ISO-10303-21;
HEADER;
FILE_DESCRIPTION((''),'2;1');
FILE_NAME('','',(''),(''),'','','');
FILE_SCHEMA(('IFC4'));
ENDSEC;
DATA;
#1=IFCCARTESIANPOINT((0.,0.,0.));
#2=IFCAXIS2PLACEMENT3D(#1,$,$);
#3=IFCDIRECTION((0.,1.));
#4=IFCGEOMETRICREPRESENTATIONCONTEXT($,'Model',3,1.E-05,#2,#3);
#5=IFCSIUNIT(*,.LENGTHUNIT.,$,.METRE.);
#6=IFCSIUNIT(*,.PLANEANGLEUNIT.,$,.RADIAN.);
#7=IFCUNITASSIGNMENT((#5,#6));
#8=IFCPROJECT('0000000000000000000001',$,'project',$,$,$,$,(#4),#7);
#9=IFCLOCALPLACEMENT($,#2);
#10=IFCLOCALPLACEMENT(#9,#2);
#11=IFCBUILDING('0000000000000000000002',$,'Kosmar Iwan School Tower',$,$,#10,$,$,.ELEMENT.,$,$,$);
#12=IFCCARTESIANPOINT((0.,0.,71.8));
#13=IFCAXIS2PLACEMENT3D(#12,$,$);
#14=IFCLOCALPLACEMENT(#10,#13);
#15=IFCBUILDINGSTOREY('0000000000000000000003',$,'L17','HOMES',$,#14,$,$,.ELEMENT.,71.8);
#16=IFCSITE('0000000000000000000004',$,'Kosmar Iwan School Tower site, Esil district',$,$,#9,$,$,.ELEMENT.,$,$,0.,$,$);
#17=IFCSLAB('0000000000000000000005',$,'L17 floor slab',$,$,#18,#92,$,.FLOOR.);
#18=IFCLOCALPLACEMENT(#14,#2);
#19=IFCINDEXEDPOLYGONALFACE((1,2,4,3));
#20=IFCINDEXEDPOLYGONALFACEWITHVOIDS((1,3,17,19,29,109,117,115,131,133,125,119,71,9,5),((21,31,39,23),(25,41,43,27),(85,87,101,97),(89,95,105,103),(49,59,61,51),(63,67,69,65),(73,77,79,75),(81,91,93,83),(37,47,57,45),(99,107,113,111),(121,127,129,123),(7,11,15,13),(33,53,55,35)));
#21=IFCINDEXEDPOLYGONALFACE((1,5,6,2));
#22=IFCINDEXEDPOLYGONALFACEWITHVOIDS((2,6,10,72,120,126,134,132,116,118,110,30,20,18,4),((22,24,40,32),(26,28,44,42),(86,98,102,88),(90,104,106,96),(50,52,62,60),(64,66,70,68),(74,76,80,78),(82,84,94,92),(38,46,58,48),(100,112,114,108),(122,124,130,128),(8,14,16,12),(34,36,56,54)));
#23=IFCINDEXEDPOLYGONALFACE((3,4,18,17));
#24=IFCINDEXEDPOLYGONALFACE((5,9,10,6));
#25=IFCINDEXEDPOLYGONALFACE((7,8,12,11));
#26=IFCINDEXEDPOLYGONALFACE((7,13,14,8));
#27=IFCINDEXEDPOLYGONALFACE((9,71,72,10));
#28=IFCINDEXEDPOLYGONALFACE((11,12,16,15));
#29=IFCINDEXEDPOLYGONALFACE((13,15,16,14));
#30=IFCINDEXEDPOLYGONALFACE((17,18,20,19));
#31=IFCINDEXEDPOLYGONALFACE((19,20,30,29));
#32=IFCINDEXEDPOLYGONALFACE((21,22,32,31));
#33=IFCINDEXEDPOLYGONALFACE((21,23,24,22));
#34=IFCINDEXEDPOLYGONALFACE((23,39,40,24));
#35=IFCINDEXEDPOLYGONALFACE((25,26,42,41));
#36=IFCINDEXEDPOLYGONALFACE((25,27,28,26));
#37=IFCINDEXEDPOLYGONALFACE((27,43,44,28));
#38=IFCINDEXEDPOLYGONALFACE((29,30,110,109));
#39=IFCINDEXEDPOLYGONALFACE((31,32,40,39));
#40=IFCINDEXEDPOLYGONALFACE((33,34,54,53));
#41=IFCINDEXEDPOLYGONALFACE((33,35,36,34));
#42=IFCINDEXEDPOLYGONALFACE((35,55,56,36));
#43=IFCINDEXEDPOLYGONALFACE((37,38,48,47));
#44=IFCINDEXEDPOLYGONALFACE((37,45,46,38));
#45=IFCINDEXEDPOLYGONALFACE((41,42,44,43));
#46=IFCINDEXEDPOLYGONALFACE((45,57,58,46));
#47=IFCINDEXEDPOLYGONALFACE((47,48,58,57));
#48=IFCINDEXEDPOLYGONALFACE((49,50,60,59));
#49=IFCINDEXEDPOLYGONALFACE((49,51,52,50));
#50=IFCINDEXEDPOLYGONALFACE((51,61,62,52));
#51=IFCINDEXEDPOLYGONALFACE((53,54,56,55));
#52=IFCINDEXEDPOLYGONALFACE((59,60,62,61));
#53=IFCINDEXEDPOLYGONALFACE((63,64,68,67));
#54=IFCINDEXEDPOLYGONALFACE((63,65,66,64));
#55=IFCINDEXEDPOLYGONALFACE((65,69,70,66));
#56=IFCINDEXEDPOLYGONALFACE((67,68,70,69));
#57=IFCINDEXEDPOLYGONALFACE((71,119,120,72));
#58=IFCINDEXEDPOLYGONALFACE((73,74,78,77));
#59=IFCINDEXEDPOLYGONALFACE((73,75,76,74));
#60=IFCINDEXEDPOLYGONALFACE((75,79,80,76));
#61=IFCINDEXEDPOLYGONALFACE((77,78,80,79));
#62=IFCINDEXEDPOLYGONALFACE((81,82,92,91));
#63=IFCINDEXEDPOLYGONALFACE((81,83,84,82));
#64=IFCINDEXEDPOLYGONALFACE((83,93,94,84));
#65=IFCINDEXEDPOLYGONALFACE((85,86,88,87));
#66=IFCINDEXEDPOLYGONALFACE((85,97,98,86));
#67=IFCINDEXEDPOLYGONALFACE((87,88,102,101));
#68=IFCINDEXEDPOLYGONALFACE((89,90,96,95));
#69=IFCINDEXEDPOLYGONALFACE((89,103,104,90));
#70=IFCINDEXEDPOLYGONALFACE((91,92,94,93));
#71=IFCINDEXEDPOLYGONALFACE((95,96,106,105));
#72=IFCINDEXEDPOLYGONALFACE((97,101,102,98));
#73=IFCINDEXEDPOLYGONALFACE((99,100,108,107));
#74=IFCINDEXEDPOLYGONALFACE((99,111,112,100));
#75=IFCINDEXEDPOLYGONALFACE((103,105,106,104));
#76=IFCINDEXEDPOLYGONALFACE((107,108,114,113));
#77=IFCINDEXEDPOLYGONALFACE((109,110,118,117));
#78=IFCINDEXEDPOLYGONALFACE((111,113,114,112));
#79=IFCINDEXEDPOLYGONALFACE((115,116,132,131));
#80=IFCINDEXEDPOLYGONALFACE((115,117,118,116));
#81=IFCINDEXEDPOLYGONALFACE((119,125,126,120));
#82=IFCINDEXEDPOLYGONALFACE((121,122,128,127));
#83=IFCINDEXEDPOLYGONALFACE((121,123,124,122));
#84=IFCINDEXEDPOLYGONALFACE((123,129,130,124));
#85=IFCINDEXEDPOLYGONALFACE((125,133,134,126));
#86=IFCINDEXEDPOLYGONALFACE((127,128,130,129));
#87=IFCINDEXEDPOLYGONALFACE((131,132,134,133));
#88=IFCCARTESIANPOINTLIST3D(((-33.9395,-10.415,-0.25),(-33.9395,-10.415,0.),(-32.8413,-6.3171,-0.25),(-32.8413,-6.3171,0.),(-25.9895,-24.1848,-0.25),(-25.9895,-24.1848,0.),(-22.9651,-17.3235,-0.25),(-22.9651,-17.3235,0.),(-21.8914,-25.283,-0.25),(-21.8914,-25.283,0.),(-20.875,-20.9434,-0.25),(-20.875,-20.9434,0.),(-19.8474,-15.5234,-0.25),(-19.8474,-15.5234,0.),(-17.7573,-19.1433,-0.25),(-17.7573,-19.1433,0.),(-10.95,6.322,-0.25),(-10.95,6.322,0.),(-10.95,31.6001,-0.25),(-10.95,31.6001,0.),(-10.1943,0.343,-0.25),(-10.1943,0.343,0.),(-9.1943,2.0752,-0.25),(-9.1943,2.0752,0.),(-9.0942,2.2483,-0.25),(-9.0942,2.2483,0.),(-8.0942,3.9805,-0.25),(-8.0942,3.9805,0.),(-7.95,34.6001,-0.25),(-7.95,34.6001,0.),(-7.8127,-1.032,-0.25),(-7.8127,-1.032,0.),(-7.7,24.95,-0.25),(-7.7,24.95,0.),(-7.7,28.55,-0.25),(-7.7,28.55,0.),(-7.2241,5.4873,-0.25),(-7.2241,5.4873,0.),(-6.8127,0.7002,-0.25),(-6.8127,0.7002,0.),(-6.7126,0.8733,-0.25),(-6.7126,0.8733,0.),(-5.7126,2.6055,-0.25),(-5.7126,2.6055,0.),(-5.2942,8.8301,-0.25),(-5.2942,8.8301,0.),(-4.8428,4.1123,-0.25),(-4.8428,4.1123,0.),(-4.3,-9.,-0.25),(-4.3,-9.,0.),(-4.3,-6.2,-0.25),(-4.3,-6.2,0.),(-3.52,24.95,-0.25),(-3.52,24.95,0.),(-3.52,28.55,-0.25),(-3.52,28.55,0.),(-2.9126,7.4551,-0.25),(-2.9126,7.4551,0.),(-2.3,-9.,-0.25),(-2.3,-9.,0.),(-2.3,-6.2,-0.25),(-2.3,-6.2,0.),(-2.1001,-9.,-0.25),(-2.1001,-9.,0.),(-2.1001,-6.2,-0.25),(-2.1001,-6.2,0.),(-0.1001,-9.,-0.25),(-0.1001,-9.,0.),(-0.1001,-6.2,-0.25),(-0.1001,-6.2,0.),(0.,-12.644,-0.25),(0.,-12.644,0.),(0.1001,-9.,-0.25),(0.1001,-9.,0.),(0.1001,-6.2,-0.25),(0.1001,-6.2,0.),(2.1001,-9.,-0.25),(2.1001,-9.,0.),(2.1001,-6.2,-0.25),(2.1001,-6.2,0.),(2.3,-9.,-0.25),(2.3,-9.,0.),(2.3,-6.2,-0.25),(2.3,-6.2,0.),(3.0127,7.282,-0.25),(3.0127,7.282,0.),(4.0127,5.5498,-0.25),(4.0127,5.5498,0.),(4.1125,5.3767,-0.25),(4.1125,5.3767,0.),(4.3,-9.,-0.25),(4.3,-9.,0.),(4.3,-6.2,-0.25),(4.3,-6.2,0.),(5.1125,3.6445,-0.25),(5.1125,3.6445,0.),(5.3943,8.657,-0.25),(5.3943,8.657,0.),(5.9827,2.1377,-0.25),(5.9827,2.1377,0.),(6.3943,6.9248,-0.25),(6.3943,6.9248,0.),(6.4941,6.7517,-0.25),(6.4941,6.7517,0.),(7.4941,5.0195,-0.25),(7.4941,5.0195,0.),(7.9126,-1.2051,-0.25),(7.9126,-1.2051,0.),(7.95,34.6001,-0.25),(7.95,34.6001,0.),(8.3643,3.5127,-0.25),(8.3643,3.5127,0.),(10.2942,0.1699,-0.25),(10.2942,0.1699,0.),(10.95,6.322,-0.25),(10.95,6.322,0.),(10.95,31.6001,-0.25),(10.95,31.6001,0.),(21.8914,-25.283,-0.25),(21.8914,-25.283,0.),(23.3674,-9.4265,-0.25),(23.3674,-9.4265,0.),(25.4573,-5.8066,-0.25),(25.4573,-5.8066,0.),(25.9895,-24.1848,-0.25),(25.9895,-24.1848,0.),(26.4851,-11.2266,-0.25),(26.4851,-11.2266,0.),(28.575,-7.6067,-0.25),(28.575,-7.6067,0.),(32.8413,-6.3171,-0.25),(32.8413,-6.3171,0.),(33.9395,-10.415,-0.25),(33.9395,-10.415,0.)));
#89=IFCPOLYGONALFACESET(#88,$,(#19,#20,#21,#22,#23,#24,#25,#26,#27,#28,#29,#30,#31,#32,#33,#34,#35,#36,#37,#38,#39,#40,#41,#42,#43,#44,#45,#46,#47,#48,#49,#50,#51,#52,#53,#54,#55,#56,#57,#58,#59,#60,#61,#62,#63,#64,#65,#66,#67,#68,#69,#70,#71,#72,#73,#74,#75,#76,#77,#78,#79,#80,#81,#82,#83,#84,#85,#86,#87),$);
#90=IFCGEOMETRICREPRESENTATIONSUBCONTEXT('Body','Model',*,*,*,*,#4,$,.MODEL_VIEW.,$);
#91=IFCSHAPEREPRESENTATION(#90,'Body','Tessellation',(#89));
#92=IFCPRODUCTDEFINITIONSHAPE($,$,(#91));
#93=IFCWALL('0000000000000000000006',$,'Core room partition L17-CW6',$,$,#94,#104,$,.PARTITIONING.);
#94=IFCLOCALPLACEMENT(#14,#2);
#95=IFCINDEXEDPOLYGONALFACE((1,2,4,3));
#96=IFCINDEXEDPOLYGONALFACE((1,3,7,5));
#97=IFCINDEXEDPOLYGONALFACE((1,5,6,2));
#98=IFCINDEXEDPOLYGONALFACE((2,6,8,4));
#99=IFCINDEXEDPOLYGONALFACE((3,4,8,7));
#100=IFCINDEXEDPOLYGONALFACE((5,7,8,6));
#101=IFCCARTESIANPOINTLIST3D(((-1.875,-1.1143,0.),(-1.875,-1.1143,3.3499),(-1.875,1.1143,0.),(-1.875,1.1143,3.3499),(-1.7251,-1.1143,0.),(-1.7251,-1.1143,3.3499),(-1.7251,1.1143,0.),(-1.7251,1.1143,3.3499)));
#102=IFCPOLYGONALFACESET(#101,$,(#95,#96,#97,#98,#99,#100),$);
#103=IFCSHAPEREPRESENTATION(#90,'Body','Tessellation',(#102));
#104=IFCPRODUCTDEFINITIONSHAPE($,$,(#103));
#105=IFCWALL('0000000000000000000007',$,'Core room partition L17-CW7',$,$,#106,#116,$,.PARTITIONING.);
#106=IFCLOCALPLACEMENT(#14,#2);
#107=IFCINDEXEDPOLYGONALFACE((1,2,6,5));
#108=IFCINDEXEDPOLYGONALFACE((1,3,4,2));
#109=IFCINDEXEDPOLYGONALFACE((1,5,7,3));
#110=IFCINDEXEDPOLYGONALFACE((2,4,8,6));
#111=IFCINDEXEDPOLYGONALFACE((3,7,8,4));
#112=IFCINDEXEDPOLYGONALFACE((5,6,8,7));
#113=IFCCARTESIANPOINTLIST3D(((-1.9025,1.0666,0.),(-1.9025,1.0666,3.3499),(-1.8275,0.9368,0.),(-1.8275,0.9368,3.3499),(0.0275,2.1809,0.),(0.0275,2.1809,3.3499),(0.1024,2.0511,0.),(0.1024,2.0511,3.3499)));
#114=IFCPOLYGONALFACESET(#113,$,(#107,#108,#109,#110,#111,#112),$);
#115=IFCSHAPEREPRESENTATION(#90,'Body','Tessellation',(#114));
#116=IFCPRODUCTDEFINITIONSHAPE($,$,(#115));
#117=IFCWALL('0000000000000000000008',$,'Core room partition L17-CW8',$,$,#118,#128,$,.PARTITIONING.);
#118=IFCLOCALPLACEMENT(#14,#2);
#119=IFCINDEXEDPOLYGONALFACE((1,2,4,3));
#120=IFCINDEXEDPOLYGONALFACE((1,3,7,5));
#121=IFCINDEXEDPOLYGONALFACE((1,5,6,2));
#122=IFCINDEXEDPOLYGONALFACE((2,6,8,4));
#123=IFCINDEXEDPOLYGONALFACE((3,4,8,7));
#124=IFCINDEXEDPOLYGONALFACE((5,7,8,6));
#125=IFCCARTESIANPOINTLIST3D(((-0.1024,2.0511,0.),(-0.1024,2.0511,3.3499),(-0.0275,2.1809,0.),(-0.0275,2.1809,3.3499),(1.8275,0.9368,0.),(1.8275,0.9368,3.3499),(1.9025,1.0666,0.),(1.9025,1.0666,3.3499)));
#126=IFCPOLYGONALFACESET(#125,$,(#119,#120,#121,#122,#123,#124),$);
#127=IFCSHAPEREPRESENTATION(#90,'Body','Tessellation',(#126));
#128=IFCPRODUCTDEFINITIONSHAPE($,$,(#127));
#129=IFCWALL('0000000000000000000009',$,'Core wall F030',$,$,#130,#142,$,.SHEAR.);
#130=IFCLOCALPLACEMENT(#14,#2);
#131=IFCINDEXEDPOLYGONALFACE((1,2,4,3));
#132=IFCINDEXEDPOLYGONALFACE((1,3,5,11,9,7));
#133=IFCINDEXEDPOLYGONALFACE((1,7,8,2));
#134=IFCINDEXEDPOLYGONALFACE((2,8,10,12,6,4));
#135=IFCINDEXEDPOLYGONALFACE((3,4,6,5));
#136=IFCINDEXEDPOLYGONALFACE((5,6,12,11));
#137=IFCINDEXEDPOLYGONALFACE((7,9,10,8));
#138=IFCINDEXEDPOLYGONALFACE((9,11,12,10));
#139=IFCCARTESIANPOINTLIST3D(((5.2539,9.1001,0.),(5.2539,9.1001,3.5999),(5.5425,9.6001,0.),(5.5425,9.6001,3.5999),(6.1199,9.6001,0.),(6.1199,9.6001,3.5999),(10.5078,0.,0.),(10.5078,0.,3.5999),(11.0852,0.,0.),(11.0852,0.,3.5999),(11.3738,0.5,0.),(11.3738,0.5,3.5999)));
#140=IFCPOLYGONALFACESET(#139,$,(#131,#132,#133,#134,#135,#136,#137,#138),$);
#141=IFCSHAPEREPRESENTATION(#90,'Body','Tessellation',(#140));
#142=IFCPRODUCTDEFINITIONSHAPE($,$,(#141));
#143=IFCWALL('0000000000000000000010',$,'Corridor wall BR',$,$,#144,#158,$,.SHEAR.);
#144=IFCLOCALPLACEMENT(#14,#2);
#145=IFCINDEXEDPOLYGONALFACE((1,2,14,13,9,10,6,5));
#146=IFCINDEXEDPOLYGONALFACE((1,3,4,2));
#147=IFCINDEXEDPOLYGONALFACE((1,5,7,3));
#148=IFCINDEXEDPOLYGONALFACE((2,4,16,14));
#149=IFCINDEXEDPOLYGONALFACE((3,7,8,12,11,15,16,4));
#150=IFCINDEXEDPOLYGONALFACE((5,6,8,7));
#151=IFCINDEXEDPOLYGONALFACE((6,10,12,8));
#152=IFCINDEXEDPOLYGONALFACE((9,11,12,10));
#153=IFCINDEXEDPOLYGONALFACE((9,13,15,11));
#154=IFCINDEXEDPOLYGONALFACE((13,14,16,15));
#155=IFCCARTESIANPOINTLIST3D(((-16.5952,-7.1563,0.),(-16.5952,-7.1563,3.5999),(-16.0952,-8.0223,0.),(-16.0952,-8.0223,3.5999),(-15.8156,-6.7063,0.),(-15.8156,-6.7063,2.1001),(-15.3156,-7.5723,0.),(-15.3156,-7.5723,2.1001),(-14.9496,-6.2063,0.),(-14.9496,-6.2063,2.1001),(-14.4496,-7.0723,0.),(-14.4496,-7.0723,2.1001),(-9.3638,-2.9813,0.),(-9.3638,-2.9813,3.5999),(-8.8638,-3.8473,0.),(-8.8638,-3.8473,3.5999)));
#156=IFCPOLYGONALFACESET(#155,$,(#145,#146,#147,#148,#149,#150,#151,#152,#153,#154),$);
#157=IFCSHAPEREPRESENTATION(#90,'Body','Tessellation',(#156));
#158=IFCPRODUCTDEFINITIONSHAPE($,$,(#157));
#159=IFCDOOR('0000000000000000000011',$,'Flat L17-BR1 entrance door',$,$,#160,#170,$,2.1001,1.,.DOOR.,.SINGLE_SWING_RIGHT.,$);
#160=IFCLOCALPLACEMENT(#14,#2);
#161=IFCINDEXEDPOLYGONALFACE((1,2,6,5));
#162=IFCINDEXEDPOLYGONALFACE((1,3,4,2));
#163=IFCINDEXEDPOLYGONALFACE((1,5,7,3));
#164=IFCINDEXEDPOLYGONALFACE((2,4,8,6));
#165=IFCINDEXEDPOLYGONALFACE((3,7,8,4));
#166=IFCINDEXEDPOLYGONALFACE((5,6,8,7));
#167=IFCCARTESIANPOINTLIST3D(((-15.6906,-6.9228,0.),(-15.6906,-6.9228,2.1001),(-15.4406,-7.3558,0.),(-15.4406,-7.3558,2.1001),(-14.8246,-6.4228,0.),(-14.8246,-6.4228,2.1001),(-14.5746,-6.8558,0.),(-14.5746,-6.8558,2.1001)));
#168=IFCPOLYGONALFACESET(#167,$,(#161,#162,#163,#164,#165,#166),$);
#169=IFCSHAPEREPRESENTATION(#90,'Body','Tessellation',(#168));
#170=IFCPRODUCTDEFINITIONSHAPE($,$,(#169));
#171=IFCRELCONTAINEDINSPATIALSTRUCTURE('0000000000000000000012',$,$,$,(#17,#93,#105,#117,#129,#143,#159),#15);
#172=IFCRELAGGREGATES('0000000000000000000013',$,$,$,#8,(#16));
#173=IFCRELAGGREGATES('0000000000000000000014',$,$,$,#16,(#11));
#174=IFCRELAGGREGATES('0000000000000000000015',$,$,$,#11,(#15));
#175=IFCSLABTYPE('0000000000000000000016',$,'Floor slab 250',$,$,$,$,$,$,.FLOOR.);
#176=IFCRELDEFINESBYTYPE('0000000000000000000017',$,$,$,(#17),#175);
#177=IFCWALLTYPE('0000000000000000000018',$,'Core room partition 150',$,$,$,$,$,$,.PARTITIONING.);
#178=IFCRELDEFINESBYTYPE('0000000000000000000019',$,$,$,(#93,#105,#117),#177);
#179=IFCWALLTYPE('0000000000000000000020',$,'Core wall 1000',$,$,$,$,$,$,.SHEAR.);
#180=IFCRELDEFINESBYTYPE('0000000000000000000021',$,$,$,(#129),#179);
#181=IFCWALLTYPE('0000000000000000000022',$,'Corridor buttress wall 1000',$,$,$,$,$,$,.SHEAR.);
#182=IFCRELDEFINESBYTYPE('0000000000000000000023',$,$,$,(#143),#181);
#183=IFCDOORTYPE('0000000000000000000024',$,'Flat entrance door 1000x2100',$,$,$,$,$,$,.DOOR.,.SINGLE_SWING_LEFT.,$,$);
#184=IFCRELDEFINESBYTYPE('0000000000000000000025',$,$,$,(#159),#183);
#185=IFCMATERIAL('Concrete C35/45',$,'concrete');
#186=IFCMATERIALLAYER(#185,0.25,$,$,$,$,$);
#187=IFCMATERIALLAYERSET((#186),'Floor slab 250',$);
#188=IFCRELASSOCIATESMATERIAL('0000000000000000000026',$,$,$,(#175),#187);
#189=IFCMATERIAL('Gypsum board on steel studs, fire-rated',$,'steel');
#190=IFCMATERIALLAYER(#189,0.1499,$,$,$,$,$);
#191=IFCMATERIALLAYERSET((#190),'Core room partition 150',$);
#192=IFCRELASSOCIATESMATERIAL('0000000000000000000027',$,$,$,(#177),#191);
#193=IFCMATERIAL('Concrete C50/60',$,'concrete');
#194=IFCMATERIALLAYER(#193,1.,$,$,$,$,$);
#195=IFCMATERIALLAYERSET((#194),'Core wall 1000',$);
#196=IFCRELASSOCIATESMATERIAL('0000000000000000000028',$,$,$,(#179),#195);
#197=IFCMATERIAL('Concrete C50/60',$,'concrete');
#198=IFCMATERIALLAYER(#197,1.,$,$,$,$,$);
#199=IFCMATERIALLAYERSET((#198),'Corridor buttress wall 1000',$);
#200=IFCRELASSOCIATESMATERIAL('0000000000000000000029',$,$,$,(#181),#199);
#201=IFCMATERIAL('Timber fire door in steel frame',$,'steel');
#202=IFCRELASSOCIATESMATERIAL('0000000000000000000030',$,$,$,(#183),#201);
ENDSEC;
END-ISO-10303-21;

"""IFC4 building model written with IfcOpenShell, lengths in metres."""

from ifc_helpers import new_model, si_unit, direction, frame, frame_2d, origin, place, context, subcontext, project, spatial, polyline, rectangle, outline, extrude, material, layer, layer_set, type_object, element, fill, save


model = new_model("IFC4")

# Units and contexts
model_context = context("Model", 3, precision=1e-05, world=origin(), true_north=direction((0.0, 1.0)))
body_context = subcontext(model_context, "Body", "Model", "MODEL_VIEW")
ifc_project = project(units=[si_unit("LENGTHUNIT", "METRE"), si_unit("PLANEANGLEUNIT", "RADIAN")], contexts=[model_context])

# Site, building, storey
site_placement = place(None, origin())
site = spatial("IfcSite", under=ifc_project, at=site_placement, Name="Kosmar Iwan School Tower site, Esil district", CompositionType="ELEMENT", RefElevation=0.0)
building_placement = place(site_placement, origin())
building = spatial("IfcBuilding", under=site, at=building_placement, Name="Kosmar Iwan School Tower", CompositionType="ELEMENT")
storey_placement = place(building_placement, frame((0.0, 0.0, 71.8)))
storey = spatial("IfcBuildingStorey", under=building, at=storey_placement, Name="L17", Description="HOMES", CompositionType="ELEMENT", Elevation=71.8)

# Slab
ifc_material_1 = material(Name="Concrete C35/45", Category="concrete")
ifc_layer_1 = layer(ifc_material_1, 0.25)
ifc_layer_set_1 = layer_set([ifc_layer_1], Name="Floor slab 250")
slab_type = type_object("IfcSlabType", Name="Floor slab 250", PredefinedType="FLOOR", material=ifc_layer_set_1)
slab_placement = place(storey_placement, frame((0.0, 0.0, -0.25)))
element("IfcSlab", 1, at=slab_placement, inside=storey, type_object=slab_type, Name="L17 floor slab", PredefinedType="FLOOR", context=body_context, shape_type="SweptSolid", body=[
    extrude(outline(polyline([(-21.8914, -25.283), (0.0, -12.644), (21.8914, -25.283), (25.9895, -24.1848), (33.9395, -10.415), (32.8413, -6.3171), (10.95, 6.322), (10.95, 31.6001), (7.95, 34.6001), (-7.95, 34.6001), (-10.95, 31.6001), (-10.95, 6.322), (-32.8413, -6.3171), (-33.9395, -10.415), (-25.9895, -24.1848), (-21.8914, -25.283)]), holes=[polyline([(7.9126, -1.2051), (10.2942, 0.1699), (8.3643, 3.5127), (5.9827, 2.1377), (7.9126, -1.2051)]), polyline([(-2.9126, 7.4551), (-5.2942, 8.8301), (-7.2241, 5.4873), (-4.8428, 4.1123), (-2.9126, 7.4551)]), polyline([(-5.7126, 2.6055), (-8.0942, 3.9805), (-9.0942, 2.2483), (-6.7126, 0.8733), (-5.7126, 2.6055)]), polyline([(-6.8127, 0.7002), (-9.1943, 2.0752), (-10.1943, 0.343), (-7.8127, -1.032), (-6.8127, 0.7002)]), polyline([(5.1125, 3.6445), (7.4941, 5.0195), (6.4941, 6.7517), (4.1125, 5.3767), (5.1125, 3.6445)]), polyline([(4.0127, 5.5498), (6.3943, 6.9248), (5.3943, 8.657), (3.0127, 7.282), (4.0127, 5.5498)]), polyline([(-4.3, -6.2), (-4.3, -9.0), (-2.3, -9.0), (-2.3, -6.2), (-4.3, -6.2)]), polyline([(-2.1001, -6.2), (-2.1001, -9.0), (-0.1001, -9.0), (-0.1001, -6.2), (-2.1001, -6.2)]), polyline([(0.1001, -6.2), (0.1001, -9.0), (2.1001, -9.0), (2.1001, -6.2), (0.1001, -6.2)]), polyline([(2.3, -6.2), (2.3, -9.0), (4.3, -9.0), (4.3, -6.2), (2.3, -6.2)]), polyline([(-3.52, 24.95), (-3.52, 28.55), (-7.7, 28.55), (-7.7, 24.95), (-3.52, 24.95)]), polyline([(-19.8474, -15.5234), (-22.9651, -17.3235), (-20.875, -20.9434), (-17.7573, -19.1433), (-19.8474, -15.5234)]), polyline([(23.3674, -9.4265), (26.4851, -11.2266), (28.575, -7.6067), (25.4573, -5.8066), (23.3674, -9.4265)])]), origin(), (0.0, 0.0, 1.0), 0.25),
])

# Walls
ifc_material_2 = material(Name="Gypsum board on steel studs, fire-rated", Category="steel")
ifc_layer_2 = layer(ifc_material_2, 0.1499)
ifc_layer_set_2 = layer_set([ifc_layer_2], Name="Core room partition 150")
wall_type_1 = type_object("IfcWallType", Name="Core room partition 150", PredefinedType="PARTITIONING", material=ifc_layer_set_2)
for number, where, z_axis, x_axis, name in (
    (2, (-1.8, -1.1143, 0.0), (0.0, 0.0, 1.0), (0.0, 1.0, 0.0), "Core room partition L17-CW6"),
    (3, (-1.865, 1.0017, 0.0), (0.0, 0.0, 1.0), (0.866023, 0.500004, 0.0), "Core room partition L17-CW7"),
    (4, (-0.0649, 2.116, 0.0), (0.0, 0.0, 1.0), (0.866023, -0.500004, 0.0), "Core room partition L17-CW8"),
):
    element("IfcWall", number, at=place(storey_placement, frame(where, z_axis=z_axis, x_axis=x_axis)), inside=storey, type_object=wall_type_1, Name=name, PredefinedType="PARTITIONING", context=body_context, shape_type="SweptSolid", body=[
        extrude(rectangle(XDim=2.2285, YDim=0.1499, at=frame_2d((1.1143, 0.0))), origin(), (0.0, 0.0, 1.0), 3.3499),
    ])
ifc_material_3 = material(Name="Concrete C50/60", Category="concrete")
ifc_layer_3 = layer(ifc_material_3, 1.0)
ifc_layer_set_3 = layer_set([ifc_layer_3], Name="Core wall 1000")
wall_type_2 = type_object("IfcWallType", Name="Core wall 1000", PredefinedType="SHEAR", material=ifc_layer_set_3)
wall_1_placement = place(storey_placement, origin())
element("IfcWall", 5, at=wall_1_placement, inside=storey, type_object=wall_type_2, Name="Core wall F030", PredefinedType="SHEAR", context=body_context, shape_type="SweptSolid", body=[
    extrude(outline(polyline([(10.5078, 0.0), (11.0852, 0.0), (11.3738, 0.5), (6.1199, 9.6001), (5.5425, 9.6001), (5.2539, 9.1001), (10.5078, 0.0)])), origin(), (0.0, 0.0, 1.0), 3.5999),
])

# Wall, opening, door
ifc_material_4 = material(Name="Concrete C50/60", Category="concrete")
ifc_layer_4 = layer(ifc_material_4, 1.0)
ifc_layer_set_4 = layer_set([ifc_layer_4], Name="Corridor buttress wall 1000")
wall_type_3 = type_object("IfcWallType", Name="Corridor buttress wall 1000", PredefinedType="SHEAR", material=ifc_layer_set_4)
wall_2_placement = place(storey_placement, frame((-9.1138, -3.4143, 0.0), z_axis=(0.0, 0.0, 1.0), x_axis=(-0.866027, -0.499997, 0.0)))
wall_2 = element("IfcWall", 6, at=wall_2_placement, inside=storey, type_object=wall_type_3, Name="Corridor wall BR", PredefinedType="SHEAR", context=body_context, shape_type="SweptSolid", body=[
    extrude(rectangle(XDim=8.3501, YDim=1.0, at=frame_2d((4.175, 0.0))), origin(), (0.0, 0.0, 1.0), 3.5999),
])
opening_1_placement = place(wall_2_placement, frame((6.45, 0.0, 0.0)))
opening_1 = element("IfcOpeningElement", 7, at=opening_1_placement, cuts=wall_2, PredefinedType="OPENING", context=body_context, shape_type="SweptSolid", body=[
    extrude(rectangle(XDim=1.0, YDim=2.1001, at=frame_2d((0.5, 1.05))), frame((0.0, 0.512, 0.0), z_axis=(0.0, -1.0, 0.0), x_axis=(1.0, 0.0, 0.0)), (0.0, 0.0, 1.0), 1.0239),
])
ifc_material_5 = material(Name="Timber fire door in steel frame", Category="steel")
door_type_1 = type_object("IfcDoorType", Name="Flat entrance door 1000x2100", OperationType="SINGLE_SWING_LEFT", PredefinedType="DOOR", material=ifc_material_5)
door_1_placement = place(opening_1_placement, origin())
door_1 = element("IfcDoor", 8, at=door_1_placement, inside=storey, type_object=door_type_1, Name="Flat L17-BR1 entrance door", OperationType="SINGLE_SWING_RIGHT", OverallHeight=2.1001, OverallWidth=1.0, PredefinedType="DOOR", context=body_context, shape_type="SweptSolid", body=[
    extrude(rectangle(XDim=1.0, YDim=2.1001, at=frame_2d((0.5, 1.05))), frame((0.0, 0.25, 0.0), z_axis=(0.0, -1.0, 0.0), x_axis=(1.0, 0.0, 0.0)), (0.0, 0.0, 1.0), 0.5),
])
fill(opening_1, door_1)

save(model, "model.ifc")
